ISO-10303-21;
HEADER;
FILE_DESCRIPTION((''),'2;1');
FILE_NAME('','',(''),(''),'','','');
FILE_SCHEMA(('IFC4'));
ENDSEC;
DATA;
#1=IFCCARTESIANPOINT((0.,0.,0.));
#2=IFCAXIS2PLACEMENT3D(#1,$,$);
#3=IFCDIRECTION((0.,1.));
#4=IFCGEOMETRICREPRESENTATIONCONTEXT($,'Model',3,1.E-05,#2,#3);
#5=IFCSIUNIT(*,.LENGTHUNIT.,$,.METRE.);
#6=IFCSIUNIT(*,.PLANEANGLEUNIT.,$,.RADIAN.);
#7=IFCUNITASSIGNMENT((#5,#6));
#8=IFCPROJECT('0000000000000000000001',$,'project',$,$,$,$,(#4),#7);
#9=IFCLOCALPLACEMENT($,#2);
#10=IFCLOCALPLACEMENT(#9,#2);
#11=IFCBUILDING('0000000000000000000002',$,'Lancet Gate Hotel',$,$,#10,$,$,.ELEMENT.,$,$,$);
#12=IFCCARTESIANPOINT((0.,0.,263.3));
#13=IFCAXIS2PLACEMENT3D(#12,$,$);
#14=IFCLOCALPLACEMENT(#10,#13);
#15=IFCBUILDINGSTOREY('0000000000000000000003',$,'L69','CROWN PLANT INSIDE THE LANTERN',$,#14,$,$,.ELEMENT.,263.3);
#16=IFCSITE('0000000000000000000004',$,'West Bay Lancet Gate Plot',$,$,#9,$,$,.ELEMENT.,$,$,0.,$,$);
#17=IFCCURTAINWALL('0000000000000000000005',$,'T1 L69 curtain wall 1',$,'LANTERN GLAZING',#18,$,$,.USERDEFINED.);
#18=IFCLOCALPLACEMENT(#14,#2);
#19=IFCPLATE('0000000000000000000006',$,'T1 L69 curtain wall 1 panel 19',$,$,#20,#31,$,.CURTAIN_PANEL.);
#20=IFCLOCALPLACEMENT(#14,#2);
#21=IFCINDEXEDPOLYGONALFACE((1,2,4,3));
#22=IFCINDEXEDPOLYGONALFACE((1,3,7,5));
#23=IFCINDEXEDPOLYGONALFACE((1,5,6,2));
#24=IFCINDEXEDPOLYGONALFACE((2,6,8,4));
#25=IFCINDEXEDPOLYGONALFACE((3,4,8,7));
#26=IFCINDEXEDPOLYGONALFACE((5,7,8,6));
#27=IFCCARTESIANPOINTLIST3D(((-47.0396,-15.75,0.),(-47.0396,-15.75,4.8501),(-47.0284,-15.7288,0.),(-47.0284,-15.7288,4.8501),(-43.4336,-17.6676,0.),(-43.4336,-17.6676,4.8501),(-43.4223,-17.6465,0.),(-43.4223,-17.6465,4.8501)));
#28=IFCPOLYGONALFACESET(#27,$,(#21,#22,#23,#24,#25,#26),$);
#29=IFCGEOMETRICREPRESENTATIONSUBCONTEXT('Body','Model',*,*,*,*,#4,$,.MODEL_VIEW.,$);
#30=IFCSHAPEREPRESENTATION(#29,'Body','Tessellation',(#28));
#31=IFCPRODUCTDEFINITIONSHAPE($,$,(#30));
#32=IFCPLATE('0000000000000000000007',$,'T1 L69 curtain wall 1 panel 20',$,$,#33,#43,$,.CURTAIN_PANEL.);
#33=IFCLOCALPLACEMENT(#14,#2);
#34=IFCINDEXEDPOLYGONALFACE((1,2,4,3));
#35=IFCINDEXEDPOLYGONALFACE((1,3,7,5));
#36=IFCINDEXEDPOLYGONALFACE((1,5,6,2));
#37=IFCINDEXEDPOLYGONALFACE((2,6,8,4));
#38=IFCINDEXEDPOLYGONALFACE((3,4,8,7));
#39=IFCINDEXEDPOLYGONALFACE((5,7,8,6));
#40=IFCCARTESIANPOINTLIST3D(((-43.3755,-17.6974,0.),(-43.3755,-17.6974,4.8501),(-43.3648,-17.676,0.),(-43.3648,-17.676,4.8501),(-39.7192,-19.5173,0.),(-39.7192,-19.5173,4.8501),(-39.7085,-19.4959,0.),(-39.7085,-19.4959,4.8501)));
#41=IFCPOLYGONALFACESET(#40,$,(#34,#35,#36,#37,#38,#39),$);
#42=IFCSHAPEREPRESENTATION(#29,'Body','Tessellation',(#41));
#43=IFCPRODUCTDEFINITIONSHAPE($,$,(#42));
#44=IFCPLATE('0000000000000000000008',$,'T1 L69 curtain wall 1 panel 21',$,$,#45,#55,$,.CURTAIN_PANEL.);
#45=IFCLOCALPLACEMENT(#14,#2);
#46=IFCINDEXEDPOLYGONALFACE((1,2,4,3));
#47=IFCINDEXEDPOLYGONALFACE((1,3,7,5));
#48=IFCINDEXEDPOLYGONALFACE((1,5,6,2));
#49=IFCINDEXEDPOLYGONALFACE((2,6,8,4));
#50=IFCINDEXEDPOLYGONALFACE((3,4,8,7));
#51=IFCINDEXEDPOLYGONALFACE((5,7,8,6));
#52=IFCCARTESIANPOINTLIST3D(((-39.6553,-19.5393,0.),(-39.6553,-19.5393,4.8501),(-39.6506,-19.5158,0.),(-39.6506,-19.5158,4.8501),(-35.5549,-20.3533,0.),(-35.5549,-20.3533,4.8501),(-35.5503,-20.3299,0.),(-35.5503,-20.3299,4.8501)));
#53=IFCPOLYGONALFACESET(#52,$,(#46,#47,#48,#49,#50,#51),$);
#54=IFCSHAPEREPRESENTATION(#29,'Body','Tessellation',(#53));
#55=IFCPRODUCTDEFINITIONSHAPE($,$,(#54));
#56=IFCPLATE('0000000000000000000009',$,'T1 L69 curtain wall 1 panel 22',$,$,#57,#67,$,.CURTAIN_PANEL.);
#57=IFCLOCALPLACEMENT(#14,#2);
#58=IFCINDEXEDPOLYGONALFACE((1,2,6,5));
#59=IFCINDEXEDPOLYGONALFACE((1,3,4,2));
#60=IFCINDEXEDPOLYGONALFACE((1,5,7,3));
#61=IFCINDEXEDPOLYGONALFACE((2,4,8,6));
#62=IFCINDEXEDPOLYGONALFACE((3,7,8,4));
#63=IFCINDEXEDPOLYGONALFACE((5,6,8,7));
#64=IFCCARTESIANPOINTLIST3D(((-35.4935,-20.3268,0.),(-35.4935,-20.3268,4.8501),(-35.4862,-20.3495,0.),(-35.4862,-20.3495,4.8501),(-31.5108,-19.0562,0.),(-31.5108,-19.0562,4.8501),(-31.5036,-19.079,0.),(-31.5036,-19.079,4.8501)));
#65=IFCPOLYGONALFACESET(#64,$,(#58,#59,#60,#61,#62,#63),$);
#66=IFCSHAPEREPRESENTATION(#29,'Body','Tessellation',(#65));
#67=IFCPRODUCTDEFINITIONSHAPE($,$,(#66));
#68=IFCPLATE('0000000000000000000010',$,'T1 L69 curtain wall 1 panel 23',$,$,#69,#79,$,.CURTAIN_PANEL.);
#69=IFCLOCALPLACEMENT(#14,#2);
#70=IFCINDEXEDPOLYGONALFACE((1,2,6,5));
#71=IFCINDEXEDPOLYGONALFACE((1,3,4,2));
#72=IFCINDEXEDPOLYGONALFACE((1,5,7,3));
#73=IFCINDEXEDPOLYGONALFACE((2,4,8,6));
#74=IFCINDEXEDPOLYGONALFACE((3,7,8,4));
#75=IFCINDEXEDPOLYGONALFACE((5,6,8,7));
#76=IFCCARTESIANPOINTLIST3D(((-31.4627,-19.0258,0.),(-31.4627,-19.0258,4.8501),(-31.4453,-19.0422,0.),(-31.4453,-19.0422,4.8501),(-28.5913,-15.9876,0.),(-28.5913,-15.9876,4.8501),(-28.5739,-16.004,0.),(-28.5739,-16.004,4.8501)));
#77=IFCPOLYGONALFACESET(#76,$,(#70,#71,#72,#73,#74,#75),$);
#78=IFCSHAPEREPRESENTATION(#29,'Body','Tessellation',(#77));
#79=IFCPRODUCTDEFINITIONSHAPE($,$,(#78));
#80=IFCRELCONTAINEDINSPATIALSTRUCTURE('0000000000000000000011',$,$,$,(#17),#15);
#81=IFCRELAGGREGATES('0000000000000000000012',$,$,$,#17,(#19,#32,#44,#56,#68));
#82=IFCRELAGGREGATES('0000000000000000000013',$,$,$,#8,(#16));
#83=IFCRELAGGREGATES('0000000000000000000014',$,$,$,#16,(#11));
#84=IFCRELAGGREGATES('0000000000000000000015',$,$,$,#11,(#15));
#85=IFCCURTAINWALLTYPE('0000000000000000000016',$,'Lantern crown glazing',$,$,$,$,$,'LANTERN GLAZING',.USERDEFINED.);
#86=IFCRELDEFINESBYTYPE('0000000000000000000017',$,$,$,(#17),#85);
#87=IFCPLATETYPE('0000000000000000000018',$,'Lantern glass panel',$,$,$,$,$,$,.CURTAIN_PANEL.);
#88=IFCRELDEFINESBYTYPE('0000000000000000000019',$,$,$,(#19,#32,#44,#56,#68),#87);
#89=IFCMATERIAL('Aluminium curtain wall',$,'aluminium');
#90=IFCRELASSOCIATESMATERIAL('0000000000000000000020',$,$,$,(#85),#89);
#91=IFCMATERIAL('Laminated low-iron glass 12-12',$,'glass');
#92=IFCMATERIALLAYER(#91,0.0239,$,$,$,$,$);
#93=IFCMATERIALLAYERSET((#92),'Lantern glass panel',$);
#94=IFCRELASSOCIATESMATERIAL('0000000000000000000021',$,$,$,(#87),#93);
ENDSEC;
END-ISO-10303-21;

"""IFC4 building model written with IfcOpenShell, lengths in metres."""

from ifc_helpers import new_model, si_unit, direction, frame, origin, origin_2d, place, context, subcontext, project, spatial, rectangle, extrude, material, layer, layer_set, type_object, element, aggregate, save


model = new_model("IFC4")

# Units and contexts
model_context = context("Model", 3, precision=1e-05, world=origin(), true_north=direction((0.0, 1.0)))
body_context = subcontext(model_context, "Body", "Model", "MODEL_VIEW")
ifc_project = project(units=[si_unit("LENGTHUNIT", "METRE"), si_unit("PLANEANGLEUNIT", "RADIAN")], contexts=[model_context])

# Site, building, storey
site_placement = place(None, origin())
site = spatial("IfcSite", under=ifc_project, at=site_placement, Name="West Bay Lancet Gate Plot", CompositionType="ELEMENT", RefElevation=0.0)
building_placement = place(site_placement, origin())
building = spatial("IfcBuilding", under=site, at=building_placement, Name="Lancet Gate Hotel", CompositionType="ELEMENT")
storey_placement = place(building_placement, frame((0.0, 0.0, 263.3)))
storey = spatial("IfcBuildingStorey", under=building, at=storey_placement, Name="L69", Description="CROWN PLANT INSIDE THE LANTERN", CompositionType="ELEMENT", Elevation=263.3)

# Curtain wall, plates
ifc_material_1 = material(Name="Aluminium curtain wall", Category="aluminium")
curtain_wall_type = type_object("IfcCurtainWallType", Name="Lantern crown glazing", ElementType="LANTERN GLAZING", PredefinedType="USERDEFINED", material=ifc_material_1)
curtain_wall_placement = place(storey_placement, origin())
curtain_wall = element("IfcCurtainWall", 1, at=curtain_wall_placement, inside=storey, type_object=curtain_wall_type, Name="T1 L69 curtain wall 1", ObjectType="LANTERN GLAZING", PredefinedType="USERDEFINED")
ifc_material_2 = material(Name="Laminated low-iron glass 12-12", Category="glass")
ifc_layer_1 = layer(ifc_material_2, 0.0239)
ifc_layer_set_1 = layer_set([ifc_layer_1], Name="Lantern glass panel")
plate_type = type_object("IfcPlateType", Name="Lantern glass panel", PredefinedType="CURTAIN_PANEL", material=ifc_layer_set_1)
plate_1_placement = place(storey_placement, frame((-45.231, -16.6982, 0.0), z_axis=(0.0, 0.0, 1.0), x_axis=(0.882916, -0.469531, 0.0)))
plate_1 = element("IfcPlate", 2, at=plate_1_placement, type_object=plate_type, Name="T1 L69 curtain wall 1 panel 19", PredefinedType="CURTAIN_PANEL", context=body_context, shape_type="SweptSolid", body=[
    extrude(rectangle(XDim=4.0842, YDim=0.0239, at=origin_2d()), origin(), (0.0, 0.0, 1.0), 4.8501),
])
plate_2_placement = place(storey_placement, frame((-41.542, -18.5967, 0.0), z_axis=(0.0, 0.0, 1.0), x_axis=(0.895234, -0.445596, 0.0)))
plate_2 = element("IfcPlate", 3, at=plate_2_placement, type_object=plate_type, Name="T1 L69 curtain wall 1 panel 20", PredefinedType="CURTAIN_PANEL", context=body_context, shape_type="SweptSolid", body=[
    extrude(rectangle(XDim=4.0842, YDim=0.0239, at=origin_2d()), origin(), (0.0, 0.0, 1.0), 4.8501),
])
plate_3_placement = place(storey_placement, frame((-37.6028, -19.9346, 0.0), z_axis=(0.0, 0.0, 1.0), x_axis=(0.980857, -0.194731, 0.0)))
plate_3 = element("IfcPlate", 4, at=plate_3_placement, type_object=plate_type, Name="T1 L69 curtain wall 1 panel 21", PredefinedType="CURTAIN_PANEL", context=body_context, shape_type="SweptSolid", body=[
    extrude(rectangle(XDim=4.1804, YDim=0.0239, at=origin_2d()), origin(), (0.0, 0.0, 1.0), 4.8501),
])
plate_4_placement = place(storey_placement, frame((-33.4985, -19.7029, 0.0), z_axis=(0.0, 0.0, 1.0), x_axis=(0.952696, 0.303926, 0.0)))
plate_4 = element("IfcPlate", 5, at=plate_4_placement, type_object=plate_type, Name="T1 L69 curtain wall 1 panel 22", PredefinedType="CURTAIN_PANEL", context=body_context, shape_type="SweptSolid", body=[
    extrude(rectangle(XDim=4.1804, YDim=0.0239, at=origin_2d()), origin(), (0.0, 0.0, 1.0), 4.8501),
])
plate_5_placement = place(storey_placement, frame((-30.0183, -17.5149, 0.0), z_axis=(0.0, 0.0, 1.0), x_axis=(0.686883, 0.726768, 0.0)))
plate_5 = element("IfcPlate", 6, at=plate_5_placement, type_object=plate_type, Name="T1 L69 curtain wall 1 panel 23", PredefinedType="CURTAIN_PANEL", context=body_context, shape_type="SweptSolid", body=[
    extrude(rectangle(XDim=4.1804, YDim=0.0239, at=origin_2d()), origin(), (0.0, 0.0, 1.0), 4.8501),
])
aggregate(curtain_wall, [plate_1, plate_2, plate_3, plate_4, plate_5])

save(model, "model.ifc")
